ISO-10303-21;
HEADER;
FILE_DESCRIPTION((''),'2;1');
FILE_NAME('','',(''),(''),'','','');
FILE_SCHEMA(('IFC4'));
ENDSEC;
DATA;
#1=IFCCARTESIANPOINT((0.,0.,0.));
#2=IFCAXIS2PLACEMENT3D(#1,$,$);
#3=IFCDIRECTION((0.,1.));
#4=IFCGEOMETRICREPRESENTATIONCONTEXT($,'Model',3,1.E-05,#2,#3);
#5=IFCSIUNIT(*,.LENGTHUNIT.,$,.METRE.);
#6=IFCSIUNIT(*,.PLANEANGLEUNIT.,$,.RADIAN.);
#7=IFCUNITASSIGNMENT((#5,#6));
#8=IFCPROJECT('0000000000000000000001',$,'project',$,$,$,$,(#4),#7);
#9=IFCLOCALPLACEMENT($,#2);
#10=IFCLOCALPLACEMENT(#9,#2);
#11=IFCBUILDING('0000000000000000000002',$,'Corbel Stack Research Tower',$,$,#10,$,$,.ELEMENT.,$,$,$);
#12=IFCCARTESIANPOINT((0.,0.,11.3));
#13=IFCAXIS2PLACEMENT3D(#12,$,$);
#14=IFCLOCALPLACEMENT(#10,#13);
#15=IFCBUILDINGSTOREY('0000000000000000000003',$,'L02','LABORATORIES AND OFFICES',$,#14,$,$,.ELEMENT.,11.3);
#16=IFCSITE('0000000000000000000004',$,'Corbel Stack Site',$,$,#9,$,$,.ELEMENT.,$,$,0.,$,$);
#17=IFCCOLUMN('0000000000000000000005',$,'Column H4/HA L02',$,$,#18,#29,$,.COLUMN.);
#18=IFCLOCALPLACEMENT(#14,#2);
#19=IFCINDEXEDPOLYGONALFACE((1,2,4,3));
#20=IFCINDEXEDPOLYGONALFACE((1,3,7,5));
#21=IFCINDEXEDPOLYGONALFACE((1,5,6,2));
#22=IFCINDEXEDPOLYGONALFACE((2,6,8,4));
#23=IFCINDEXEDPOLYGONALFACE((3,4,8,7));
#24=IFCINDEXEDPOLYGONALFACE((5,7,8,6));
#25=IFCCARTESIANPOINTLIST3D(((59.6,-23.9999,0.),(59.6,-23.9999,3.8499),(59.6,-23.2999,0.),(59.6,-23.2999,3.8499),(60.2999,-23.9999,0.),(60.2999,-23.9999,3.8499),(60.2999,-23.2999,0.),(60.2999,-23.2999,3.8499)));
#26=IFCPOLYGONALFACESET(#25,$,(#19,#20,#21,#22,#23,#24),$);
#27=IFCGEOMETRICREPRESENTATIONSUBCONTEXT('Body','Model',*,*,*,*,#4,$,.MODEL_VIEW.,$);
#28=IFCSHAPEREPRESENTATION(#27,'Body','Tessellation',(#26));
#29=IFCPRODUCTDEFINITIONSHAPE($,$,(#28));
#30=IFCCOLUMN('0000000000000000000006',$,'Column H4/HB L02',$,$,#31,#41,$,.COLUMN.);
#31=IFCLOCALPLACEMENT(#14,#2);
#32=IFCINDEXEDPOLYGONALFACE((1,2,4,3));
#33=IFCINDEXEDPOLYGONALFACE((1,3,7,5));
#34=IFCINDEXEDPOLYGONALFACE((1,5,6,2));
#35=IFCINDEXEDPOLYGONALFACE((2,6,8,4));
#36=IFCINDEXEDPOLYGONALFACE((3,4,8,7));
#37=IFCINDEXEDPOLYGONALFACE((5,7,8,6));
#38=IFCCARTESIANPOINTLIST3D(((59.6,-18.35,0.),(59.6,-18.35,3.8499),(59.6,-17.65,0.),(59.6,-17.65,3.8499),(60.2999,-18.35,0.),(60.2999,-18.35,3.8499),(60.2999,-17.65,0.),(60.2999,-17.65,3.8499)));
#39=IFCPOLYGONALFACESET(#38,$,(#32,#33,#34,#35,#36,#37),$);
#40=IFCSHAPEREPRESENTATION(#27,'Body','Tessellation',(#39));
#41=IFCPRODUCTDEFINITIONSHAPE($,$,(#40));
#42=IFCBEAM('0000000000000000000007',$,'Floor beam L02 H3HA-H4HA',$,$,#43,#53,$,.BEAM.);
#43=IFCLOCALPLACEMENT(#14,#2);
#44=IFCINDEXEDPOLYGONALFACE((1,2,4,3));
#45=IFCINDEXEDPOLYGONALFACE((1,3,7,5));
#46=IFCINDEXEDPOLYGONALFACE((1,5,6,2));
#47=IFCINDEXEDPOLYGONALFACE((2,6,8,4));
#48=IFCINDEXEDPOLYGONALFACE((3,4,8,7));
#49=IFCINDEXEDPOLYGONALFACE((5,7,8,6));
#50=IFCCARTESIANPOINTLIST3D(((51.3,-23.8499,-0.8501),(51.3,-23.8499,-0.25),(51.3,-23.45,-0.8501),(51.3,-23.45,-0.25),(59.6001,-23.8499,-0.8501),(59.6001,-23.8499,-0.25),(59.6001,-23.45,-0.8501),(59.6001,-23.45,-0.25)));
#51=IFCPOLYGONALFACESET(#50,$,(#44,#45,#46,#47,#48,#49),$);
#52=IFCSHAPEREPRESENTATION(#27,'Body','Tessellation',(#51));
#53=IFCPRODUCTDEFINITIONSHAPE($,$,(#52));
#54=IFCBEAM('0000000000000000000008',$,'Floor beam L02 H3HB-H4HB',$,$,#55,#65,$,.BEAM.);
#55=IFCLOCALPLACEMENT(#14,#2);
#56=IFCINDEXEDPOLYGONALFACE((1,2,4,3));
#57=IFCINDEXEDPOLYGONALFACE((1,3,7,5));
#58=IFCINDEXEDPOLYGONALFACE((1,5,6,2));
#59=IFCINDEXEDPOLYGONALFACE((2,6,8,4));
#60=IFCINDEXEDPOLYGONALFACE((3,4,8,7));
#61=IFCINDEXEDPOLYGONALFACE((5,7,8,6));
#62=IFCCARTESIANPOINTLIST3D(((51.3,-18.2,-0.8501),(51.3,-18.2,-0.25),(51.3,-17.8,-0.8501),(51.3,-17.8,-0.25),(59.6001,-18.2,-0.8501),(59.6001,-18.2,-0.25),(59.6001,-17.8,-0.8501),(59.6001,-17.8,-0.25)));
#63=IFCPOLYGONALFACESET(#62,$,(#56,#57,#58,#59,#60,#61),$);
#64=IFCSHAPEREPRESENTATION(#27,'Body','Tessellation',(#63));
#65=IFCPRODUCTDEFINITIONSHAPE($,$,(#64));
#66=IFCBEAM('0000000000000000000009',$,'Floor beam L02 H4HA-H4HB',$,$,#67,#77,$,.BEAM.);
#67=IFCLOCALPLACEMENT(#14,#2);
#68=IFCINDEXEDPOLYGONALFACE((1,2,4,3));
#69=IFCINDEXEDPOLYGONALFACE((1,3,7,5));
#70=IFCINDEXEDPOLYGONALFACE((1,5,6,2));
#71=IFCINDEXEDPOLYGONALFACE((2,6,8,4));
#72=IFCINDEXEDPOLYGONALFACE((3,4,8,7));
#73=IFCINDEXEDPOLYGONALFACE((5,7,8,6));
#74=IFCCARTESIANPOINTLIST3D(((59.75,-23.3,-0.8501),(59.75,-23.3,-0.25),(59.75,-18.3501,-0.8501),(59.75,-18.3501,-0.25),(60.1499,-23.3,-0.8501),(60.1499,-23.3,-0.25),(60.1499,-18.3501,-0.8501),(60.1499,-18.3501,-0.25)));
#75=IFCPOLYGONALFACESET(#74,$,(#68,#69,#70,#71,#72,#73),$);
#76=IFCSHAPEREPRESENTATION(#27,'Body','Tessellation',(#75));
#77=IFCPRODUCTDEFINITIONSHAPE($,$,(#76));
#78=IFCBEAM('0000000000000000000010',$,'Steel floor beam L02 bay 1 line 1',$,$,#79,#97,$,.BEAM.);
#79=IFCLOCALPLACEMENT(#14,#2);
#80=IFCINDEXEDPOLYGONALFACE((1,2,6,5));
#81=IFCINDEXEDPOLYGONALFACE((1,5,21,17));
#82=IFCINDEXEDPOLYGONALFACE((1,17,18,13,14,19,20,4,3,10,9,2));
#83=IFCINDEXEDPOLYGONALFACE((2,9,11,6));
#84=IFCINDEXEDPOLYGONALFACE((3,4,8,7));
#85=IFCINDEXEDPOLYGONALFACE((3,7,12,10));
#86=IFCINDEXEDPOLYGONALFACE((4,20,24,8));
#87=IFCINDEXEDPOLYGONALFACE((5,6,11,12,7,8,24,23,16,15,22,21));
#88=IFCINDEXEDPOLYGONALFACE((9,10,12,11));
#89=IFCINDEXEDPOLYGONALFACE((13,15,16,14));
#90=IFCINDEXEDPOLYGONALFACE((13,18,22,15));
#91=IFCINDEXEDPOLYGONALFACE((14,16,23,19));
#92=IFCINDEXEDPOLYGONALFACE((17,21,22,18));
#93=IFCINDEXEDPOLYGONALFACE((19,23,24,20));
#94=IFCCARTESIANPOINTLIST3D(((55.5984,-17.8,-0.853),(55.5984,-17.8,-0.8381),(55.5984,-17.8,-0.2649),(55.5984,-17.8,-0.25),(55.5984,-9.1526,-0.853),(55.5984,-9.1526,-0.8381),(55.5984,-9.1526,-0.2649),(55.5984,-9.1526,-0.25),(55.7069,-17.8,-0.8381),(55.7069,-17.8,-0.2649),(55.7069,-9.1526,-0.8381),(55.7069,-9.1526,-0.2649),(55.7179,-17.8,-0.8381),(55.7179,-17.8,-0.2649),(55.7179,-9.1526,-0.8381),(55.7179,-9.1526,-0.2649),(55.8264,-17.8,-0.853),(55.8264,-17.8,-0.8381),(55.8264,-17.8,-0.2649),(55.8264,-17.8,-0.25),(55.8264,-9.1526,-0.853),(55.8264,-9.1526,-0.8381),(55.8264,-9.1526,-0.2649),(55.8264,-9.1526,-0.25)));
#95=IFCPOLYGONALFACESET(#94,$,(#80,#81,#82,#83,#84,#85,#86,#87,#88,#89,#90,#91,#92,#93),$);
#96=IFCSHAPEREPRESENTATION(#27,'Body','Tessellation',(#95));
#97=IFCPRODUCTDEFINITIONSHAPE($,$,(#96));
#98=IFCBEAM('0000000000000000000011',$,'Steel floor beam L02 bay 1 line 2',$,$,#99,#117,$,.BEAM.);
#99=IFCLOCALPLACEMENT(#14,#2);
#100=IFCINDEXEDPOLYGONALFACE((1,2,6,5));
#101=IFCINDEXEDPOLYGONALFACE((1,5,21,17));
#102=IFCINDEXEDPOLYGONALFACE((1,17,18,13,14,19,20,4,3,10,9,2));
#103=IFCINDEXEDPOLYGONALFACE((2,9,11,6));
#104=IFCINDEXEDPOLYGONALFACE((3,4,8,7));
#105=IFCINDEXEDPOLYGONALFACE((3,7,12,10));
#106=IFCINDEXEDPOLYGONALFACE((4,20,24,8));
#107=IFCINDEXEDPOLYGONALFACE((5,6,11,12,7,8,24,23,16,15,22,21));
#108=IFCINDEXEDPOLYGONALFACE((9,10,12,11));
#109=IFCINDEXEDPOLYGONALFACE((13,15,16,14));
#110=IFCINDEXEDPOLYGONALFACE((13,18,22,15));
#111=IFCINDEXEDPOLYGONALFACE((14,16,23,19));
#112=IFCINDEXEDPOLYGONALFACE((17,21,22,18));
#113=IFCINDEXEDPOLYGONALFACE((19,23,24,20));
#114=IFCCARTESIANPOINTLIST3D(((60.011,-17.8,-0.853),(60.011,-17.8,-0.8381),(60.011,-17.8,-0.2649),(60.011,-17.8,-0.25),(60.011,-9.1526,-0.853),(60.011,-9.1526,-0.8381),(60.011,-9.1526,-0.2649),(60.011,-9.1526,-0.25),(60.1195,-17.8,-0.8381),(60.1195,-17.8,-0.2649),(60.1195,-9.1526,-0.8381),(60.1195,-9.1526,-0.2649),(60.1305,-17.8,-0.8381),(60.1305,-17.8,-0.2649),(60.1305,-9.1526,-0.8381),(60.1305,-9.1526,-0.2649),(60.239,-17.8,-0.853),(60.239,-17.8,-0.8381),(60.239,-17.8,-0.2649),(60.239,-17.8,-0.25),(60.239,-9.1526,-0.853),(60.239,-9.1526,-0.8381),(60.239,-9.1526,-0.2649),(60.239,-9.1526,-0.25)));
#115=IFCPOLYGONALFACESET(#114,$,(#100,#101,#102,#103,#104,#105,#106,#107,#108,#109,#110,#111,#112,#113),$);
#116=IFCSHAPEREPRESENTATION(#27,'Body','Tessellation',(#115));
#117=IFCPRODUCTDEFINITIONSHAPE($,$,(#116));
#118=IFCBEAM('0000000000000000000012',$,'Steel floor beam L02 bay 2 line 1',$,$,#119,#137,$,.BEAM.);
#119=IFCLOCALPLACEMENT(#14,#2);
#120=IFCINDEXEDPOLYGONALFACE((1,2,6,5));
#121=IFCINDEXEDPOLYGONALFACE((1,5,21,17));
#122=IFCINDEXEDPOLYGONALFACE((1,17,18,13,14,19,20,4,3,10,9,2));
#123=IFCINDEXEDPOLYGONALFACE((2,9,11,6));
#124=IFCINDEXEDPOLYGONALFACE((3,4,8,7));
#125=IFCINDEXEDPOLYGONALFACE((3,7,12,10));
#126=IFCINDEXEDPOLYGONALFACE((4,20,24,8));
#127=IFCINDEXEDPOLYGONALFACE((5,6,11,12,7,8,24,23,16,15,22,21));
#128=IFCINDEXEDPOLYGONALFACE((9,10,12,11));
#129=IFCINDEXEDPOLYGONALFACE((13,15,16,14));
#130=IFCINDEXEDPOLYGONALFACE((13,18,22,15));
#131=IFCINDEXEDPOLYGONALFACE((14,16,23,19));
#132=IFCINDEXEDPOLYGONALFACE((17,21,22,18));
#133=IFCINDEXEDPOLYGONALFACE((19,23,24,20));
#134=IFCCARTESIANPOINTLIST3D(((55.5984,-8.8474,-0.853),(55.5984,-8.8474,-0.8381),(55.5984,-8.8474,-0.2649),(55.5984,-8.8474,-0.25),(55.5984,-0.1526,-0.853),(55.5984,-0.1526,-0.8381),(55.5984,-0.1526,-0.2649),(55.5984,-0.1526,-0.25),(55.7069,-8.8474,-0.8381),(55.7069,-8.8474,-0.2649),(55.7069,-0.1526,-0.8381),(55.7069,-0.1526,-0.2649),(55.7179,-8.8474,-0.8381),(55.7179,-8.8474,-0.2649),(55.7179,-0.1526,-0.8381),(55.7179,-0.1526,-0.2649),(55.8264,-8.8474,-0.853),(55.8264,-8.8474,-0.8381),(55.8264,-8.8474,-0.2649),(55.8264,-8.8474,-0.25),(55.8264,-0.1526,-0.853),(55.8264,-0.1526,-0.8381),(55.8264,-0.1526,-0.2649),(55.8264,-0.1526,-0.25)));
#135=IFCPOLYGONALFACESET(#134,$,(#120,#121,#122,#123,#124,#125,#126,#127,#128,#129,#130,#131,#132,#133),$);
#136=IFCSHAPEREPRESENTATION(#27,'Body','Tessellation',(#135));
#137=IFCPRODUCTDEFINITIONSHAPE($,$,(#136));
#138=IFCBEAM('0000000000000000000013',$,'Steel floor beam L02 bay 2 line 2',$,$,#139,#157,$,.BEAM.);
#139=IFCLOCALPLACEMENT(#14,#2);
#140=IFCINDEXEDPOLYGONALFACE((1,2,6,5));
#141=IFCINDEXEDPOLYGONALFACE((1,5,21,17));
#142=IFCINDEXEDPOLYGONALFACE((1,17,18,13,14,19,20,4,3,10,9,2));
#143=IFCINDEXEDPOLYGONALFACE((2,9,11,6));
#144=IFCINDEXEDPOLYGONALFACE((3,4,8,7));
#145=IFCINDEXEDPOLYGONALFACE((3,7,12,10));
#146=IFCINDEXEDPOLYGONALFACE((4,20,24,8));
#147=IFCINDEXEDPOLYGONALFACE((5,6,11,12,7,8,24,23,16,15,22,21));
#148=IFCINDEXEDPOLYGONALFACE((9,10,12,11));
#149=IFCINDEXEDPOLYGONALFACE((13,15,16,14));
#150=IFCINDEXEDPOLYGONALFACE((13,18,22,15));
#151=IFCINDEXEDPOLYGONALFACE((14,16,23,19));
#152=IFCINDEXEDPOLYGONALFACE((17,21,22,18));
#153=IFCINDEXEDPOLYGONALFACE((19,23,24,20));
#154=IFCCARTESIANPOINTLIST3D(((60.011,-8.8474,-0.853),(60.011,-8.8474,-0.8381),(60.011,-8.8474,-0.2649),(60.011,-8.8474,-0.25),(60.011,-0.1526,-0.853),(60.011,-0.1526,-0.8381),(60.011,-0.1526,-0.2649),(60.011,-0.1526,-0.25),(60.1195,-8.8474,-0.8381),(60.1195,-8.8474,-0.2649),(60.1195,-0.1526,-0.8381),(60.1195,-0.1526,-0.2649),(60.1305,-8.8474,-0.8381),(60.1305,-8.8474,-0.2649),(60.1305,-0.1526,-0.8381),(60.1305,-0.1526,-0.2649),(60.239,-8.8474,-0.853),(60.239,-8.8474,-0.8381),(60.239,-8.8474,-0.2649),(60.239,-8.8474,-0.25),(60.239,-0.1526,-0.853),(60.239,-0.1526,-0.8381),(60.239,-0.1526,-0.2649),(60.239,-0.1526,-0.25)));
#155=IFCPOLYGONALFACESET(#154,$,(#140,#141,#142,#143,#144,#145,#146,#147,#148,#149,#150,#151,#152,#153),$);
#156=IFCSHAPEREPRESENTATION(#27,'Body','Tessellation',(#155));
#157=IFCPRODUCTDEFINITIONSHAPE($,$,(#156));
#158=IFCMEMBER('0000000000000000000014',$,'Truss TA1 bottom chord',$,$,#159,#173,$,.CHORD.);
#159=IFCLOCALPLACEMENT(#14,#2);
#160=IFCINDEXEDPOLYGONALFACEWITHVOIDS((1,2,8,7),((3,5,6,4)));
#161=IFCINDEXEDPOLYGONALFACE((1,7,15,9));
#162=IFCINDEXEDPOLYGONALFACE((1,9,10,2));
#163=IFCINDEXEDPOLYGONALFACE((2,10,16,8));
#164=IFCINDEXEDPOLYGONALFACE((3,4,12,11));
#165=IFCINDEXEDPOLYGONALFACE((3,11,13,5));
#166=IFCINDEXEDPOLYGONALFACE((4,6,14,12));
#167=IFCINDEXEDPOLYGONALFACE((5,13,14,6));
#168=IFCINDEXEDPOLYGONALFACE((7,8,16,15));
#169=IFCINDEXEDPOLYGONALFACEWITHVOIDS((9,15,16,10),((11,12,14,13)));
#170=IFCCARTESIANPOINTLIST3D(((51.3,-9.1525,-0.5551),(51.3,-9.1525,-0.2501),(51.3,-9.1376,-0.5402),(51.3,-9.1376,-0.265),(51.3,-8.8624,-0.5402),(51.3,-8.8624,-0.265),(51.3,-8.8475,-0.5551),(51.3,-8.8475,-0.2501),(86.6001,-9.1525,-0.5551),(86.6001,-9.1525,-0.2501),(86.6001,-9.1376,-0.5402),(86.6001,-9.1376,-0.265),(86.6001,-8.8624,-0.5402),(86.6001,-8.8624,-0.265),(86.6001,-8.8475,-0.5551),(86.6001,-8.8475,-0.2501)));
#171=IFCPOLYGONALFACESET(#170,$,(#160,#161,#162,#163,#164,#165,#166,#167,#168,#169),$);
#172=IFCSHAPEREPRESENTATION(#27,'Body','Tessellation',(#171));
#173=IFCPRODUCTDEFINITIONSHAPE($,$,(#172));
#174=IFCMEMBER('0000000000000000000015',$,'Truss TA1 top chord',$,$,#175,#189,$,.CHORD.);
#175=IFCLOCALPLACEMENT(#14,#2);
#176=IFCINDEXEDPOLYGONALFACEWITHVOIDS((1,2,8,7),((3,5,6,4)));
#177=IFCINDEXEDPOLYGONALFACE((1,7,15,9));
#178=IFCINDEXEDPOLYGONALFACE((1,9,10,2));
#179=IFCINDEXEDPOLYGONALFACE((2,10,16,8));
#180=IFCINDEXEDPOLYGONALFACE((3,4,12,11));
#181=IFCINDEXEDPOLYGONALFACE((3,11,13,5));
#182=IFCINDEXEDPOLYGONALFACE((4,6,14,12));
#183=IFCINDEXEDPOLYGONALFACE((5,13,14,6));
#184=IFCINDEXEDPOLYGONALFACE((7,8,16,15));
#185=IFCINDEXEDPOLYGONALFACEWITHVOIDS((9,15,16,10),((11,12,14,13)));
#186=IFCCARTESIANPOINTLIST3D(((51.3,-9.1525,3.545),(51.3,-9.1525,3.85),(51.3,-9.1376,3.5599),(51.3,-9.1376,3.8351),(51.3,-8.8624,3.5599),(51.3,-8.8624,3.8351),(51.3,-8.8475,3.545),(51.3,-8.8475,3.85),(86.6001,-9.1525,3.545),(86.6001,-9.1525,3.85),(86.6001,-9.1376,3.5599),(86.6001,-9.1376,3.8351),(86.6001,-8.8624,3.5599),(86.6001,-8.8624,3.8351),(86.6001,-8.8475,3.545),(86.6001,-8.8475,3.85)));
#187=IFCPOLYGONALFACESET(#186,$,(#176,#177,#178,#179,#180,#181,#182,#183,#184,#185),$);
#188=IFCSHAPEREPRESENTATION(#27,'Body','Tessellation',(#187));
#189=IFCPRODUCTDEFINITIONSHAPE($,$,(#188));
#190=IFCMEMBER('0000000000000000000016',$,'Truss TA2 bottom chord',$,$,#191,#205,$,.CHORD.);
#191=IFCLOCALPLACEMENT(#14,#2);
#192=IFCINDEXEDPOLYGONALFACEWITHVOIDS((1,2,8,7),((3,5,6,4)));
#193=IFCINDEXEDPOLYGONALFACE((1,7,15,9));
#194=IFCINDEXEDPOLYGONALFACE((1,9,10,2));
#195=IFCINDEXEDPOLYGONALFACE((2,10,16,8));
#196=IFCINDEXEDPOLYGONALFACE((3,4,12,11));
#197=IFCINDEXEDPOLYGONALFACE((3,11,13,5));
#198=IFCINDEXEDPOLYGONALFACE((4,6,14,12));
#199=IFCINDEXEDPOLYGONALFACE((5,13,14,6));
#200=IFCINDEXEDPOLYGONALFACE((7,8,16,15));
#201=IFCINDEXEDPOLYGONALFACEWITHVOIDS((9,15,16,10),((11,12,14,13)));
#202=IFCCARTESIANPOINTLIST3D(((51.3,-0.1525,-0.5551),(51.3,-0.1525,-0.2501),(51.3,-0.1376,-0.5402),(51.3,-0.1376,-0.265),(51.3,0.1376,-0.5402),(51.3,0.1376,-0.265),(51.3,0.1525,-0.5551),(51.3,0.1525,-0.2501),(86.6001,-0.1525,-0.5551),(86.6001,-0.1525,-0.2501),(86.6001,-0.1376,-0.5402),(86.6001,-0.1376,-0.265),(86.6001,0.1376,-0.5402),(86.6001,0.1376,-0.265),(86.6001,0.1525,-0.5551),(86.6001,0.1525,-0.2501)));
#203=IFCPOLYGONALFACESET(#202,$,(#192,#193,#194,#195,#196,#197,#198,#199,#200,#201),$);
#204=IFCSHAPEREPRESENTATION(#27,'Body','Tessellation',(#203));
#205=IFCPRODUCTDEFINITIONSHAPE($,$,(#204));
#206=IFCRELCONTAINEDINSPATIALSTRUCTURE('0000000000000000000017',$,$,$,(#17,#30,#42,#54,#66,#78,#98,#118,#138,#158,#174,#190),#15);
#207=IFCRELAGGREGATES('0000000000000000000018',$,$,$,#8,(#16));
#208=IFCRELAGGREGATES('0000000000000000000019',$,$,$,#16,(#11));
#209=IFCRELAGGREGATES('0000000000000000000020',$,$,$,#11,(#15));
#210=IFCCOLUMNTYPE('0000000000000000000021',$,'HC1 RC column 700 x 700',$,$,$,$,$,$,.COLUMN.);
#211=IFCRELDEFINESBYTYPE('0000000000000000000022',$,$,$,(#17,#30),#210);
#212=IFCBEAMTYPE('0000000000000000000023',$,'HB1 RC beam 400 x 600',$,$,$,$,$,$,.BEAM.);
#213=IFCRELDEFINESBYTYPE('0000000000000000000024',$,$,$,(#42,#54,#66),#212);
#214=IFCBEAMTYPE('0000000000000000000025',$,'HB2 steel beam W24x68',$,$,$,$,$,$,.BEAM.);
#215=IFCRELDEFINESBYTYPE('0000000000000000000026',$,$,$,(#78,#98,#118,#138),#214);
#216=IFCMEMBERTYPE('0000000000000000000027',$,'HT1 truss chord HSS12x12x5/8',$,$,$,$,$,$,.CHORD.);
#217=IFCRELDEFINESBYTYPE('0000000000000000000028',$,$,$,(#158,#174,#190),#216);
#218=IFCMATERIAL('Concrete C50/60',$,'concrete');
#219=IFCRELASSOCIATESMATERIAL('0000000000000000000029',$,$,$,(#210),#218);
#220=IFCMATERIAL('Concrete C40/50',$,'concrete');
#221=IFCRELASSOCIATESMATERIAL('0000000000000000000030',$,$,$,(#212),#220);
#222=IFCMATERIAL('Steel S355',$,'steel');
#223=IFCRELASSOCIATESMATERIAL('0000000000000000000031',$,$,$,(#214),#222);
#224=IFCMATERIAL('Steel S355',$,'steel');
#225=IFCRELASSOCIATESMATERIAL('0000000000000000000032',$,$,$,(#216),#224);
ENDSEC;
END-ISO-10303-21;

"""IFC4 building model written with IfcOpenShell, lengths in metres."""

from ifc_helpers import new_model, si_unit, direction, frame, origin, origin_2d, place, context, subcontext, project, spatial, rectangle, hollow_rectangle, i_section, extrude, material, material_profile, profile_set, type_object, element, save


model = new_model("IFC4")

# Units and contexts
model_context = context("Model", 3, precision=1e-05, world=origin(), true_north=direction((0.0, 1.0)))
body_context = subcontext(model_context, "Body", "Model", "MODEL_VIEW")
ifc_project = project(units=[si_unit("LENGTHUNIT", "METRE"), si_unit("PLANEANGLEUNIT", "RADIAN")], contexts=[model_context])

# Site, building, storey
site_placement = place(None, origin())
site = spatial("IfcSite", under=ifc_project, at=site_placement, Name="Corbel Stack Site", CompositionType="ELEMENT", RefElevation=0.0)
building_placement = place(site_placement, origin())
building = spatial("IfcBuilding", under=site, at=building_placement, Name="Corbel Stack Research Tower", CompositionType="ELEMENT")
storey_placement = place(building_placement, frame((0.0, 0.0, 11.3)))
storey = spatial("IfcBuildingStorey", under=building, at=storey_placement, Name="L02", Description="LABORATORIES AND OFFICES", CompositionType="ELEMENT", Elevation=11.3)

# Columns
ifc_material_1 = material(Name="Concrete C50/60", Category="concrete")
ifc_material_profile_1 = material_profile(ifc_material_1, rectangle(XDim=0.7, YDim=0.7, at=origin_2d()), Name="RC 700 x 700")
ifc_profile_set_1 = profile_set([ifc_material_profile_1], Name="Concrete C50/60")
column_type = type_object("IfcColumnType", Name="HC1 RC column 700 x 700", PredefinedType="COLUMN", material=ifc_profile_set_1)
for number, where, z_axis, x_axis, name in (
    (1, (59.95, -23.6499, 0.0), (0.0, 0.0, 1.0), (1.0, 0.0, 0.0), "Column H4/HA L02"),
    (2, (59.95, -18.0, 0.0), (0.0, 0.0, 1.0), (1.0, 0.0, 0.0), "Column H4/HB L02"),
):
    element("IfcColumn", number, at=place(storey_placement, frame(where, z_axis=z_axis, x_axis=x_axis)), inside=storey, type_object=column_type, Name=name, PredefinedType="COLUMN", context=body_context, shape_type="SweptSolid", body=[
        extrude(rectangle(XDim=0.7, YDim=0.7, at=origin_2d()), origin(), (0.0, 0.0, 1.0), 3.8499),
    ])

# Beams
ifc_material_2 = material(Name="Concrete C40/50", Category="concrete")
ifc_material_profile_2 = material_profile(ifc_material_2, rectangle(XDim=0.3999, YDim=0.6001, at=origin_2d()), Name="RC 400 x 600")
ifc_profile_set_2 = profile_set([ifc_material_profile_2], Name="Concrete C40/50")
beam_type_1 = type_object("IfcBeamType", Name="HB1 RC beam 400 x 600", PredefinedType="BEAM", material=ifc_profile_set_2)
for number, where, z_axis, x_axis, name in (
    (3, (51.3, -23.6499, -0.55), (1.0, 0.0, 0.0), (0.0, 1.0, 0.0), "Floor beam L02 H3HA-H4HA"),
    (4, (51.3, -18.0, -0.55), (1.0, 0.0, 0.0), (0.0, 1.0, 0.0), "Floor beam L02 H3HB-H4HB"),
):
    element("IfcBeam", number, at=place(storey_placement, frame(where, z_axis=z_axis, x_axis=x_axis)), inside=storey, type_object=beam_type_1, Name=name, PredefinedType="BEAM", context=body_context, shape_type="SweptSolid", body=[
        extrude(rectangle(XDim=0.3999, YDim=0.6001, at=origin_2d()), origin(), (0.0, 0.0, 1.0), 8.3),
    ])
beam_placement = place(storey_placement, frame((59.95, -23.3, -0.55), z_axis=(0.0, 1.0, 0.0), x_axis=(-1.0, 0.0, 0.0)))
element("IfcBeam", 5, at=beam_placement, inside=storey, type_object=beam_type_1, Name="Floor beam L02 H4HA-H4HB", PredefinedType="BEAM", context=body_context, shape_type="SweptSolid", body=[
    extrude(rectangle(XDim=0.3999, YDim=0.6001, at=origin_2d()), origin(), (0.0, 0.0, 1.0), 4.95),
])
ifc_material_3 = material(Name="Steel S355", Category="steel")
ifc_material_profile_3 = material_profile(ifc_material_3, i_section(OverallWidth=0.228, OverallDepth=0.603, WebThickness=0.011, FlangeThickness=0.0149, at=origin_2d()), Name="W24x68")
ifc_profile_set_3 = profile_set([ifc_material_profile_3], Name="Steel S355")
beam_type_2 = type_object("IfcBeamType", Name="HB2 steel beam W24x68", PredefinedType="BEAM", material=ifc_profile_set_3)
for number, where, z_axis, x_axis, name in (
    (6, (55.7124, -17.8, -0.5515), (0.0, 1.0, 0.0), (-1.0, 0.0, 0.0), "Steel floor beam L02 bay 1 line 1"),
    (7, (60.125, -17.8, -0.5515), (0.0, 1.0, 0.0), (-1.0, 0.0, 0.0), "Steel floor beam L02 bay 1 line 2"),
):
    element("IfcBeam", number, at=place(storey_placement, frame(where, z_axis=z_axis, x_axis=x_axis)), inside=storey, type_object=beam_type_2, Name=name, PredefinedType="BEAM", context=body_context, shape_type="SweptSolid", body=[
        extrude(i_section(OverallWidth=0.228, OverallDepth=0.603, WebThickness=0.011, FlangeThickness=0.0149, at=origin_2d()), origin(), (0.0, 0.0, 1.0), 8.6475),
    ])
for number, where, z_axis, x_axis, name in (
    (8, (55.7124, -8.8474, -0.5515), (0.0, 1.0, 0.0), (-1.0, 0.0, 0.0), "Steel floor beam L02 bay 2 line 1"),
    (9, (60.125, -8.8474, -0.5515), (0.0, 1.0, 0.0), (-1.0, 0.0, 0.0), "Steel floor beam L02 bay 2 line 2"),
):
    element("IfcBeam", number, at=place(storey_placement, frame(where, z_axis=z_axis, x_axis=x_axis)), inside=storey, type_object=beam_type_2, Name=name, PredefinedType="BEAM", context=body_context, shape_type="SweptSolid", body=[
        extrude(i_section(OverallWidth=0.228, OverallDepth=0.603, WebThickness=0.011, FlangeThickness=0.0149, at=origin_2d()), origin(), (0.0, 0.0, 1.0), 8.6948),
    ])

# Members
ifc_material_4 = material(Name="Steel S355", Category="steel")
ifc_material_profile_4 = material_profile(ifc_material_4, hollow_rectangle(XDim=0.3049, YDim=0.3049, WallThickness=0.0149, at=origin_2d()), Name="HSS12x12x5/8")
ifc_profile_set_4 = profile_set([ifc_material_profile_4], Name="Steel S355")
member_type_1 = type_object("IfcMemberType", Name="HT1 truss chord HSS12x12x5/8", PredefinedType="CHORD", material=ifc_profile_set_4)
for number, where, z_axis, x_axis, name in (
    (10, (51.3, -9.0, -0.4026), (1.0, 0.0, 0.0), (0.0, 1.0, 0.0), "Truss TA1 bottom chord"),
    (11, (51.3, -9.0, 3.6975), (1.0, 0.0, 0.0), (0.0, 1.0, 0.0), "Truss TA1 top chord"),
    (12, (51.3, 0.0, -0.4026), (1.0, 0.0, 0.0), (0.0, 1.0, 0.0), "Truss TA2 bottom chord"),
):
    element("IfcMember", number, at=place(storey_placement, frame(where, z_axis=z_axis, x_axis=x_axis)), inside=storey, type_object=member_type_1, Name=name, PredefinedType="CHORD", context=body_context, shape_type="SweptSolid", body=[
        extrude(hollow_rectangle(XDim=0.3049, YDim=0.3049, WallThickness=0.0149, at=origin_2d()), origin(), (0.0, 0.0, 1.0), 35.3),
    ])

save(model, "model.ifc")
